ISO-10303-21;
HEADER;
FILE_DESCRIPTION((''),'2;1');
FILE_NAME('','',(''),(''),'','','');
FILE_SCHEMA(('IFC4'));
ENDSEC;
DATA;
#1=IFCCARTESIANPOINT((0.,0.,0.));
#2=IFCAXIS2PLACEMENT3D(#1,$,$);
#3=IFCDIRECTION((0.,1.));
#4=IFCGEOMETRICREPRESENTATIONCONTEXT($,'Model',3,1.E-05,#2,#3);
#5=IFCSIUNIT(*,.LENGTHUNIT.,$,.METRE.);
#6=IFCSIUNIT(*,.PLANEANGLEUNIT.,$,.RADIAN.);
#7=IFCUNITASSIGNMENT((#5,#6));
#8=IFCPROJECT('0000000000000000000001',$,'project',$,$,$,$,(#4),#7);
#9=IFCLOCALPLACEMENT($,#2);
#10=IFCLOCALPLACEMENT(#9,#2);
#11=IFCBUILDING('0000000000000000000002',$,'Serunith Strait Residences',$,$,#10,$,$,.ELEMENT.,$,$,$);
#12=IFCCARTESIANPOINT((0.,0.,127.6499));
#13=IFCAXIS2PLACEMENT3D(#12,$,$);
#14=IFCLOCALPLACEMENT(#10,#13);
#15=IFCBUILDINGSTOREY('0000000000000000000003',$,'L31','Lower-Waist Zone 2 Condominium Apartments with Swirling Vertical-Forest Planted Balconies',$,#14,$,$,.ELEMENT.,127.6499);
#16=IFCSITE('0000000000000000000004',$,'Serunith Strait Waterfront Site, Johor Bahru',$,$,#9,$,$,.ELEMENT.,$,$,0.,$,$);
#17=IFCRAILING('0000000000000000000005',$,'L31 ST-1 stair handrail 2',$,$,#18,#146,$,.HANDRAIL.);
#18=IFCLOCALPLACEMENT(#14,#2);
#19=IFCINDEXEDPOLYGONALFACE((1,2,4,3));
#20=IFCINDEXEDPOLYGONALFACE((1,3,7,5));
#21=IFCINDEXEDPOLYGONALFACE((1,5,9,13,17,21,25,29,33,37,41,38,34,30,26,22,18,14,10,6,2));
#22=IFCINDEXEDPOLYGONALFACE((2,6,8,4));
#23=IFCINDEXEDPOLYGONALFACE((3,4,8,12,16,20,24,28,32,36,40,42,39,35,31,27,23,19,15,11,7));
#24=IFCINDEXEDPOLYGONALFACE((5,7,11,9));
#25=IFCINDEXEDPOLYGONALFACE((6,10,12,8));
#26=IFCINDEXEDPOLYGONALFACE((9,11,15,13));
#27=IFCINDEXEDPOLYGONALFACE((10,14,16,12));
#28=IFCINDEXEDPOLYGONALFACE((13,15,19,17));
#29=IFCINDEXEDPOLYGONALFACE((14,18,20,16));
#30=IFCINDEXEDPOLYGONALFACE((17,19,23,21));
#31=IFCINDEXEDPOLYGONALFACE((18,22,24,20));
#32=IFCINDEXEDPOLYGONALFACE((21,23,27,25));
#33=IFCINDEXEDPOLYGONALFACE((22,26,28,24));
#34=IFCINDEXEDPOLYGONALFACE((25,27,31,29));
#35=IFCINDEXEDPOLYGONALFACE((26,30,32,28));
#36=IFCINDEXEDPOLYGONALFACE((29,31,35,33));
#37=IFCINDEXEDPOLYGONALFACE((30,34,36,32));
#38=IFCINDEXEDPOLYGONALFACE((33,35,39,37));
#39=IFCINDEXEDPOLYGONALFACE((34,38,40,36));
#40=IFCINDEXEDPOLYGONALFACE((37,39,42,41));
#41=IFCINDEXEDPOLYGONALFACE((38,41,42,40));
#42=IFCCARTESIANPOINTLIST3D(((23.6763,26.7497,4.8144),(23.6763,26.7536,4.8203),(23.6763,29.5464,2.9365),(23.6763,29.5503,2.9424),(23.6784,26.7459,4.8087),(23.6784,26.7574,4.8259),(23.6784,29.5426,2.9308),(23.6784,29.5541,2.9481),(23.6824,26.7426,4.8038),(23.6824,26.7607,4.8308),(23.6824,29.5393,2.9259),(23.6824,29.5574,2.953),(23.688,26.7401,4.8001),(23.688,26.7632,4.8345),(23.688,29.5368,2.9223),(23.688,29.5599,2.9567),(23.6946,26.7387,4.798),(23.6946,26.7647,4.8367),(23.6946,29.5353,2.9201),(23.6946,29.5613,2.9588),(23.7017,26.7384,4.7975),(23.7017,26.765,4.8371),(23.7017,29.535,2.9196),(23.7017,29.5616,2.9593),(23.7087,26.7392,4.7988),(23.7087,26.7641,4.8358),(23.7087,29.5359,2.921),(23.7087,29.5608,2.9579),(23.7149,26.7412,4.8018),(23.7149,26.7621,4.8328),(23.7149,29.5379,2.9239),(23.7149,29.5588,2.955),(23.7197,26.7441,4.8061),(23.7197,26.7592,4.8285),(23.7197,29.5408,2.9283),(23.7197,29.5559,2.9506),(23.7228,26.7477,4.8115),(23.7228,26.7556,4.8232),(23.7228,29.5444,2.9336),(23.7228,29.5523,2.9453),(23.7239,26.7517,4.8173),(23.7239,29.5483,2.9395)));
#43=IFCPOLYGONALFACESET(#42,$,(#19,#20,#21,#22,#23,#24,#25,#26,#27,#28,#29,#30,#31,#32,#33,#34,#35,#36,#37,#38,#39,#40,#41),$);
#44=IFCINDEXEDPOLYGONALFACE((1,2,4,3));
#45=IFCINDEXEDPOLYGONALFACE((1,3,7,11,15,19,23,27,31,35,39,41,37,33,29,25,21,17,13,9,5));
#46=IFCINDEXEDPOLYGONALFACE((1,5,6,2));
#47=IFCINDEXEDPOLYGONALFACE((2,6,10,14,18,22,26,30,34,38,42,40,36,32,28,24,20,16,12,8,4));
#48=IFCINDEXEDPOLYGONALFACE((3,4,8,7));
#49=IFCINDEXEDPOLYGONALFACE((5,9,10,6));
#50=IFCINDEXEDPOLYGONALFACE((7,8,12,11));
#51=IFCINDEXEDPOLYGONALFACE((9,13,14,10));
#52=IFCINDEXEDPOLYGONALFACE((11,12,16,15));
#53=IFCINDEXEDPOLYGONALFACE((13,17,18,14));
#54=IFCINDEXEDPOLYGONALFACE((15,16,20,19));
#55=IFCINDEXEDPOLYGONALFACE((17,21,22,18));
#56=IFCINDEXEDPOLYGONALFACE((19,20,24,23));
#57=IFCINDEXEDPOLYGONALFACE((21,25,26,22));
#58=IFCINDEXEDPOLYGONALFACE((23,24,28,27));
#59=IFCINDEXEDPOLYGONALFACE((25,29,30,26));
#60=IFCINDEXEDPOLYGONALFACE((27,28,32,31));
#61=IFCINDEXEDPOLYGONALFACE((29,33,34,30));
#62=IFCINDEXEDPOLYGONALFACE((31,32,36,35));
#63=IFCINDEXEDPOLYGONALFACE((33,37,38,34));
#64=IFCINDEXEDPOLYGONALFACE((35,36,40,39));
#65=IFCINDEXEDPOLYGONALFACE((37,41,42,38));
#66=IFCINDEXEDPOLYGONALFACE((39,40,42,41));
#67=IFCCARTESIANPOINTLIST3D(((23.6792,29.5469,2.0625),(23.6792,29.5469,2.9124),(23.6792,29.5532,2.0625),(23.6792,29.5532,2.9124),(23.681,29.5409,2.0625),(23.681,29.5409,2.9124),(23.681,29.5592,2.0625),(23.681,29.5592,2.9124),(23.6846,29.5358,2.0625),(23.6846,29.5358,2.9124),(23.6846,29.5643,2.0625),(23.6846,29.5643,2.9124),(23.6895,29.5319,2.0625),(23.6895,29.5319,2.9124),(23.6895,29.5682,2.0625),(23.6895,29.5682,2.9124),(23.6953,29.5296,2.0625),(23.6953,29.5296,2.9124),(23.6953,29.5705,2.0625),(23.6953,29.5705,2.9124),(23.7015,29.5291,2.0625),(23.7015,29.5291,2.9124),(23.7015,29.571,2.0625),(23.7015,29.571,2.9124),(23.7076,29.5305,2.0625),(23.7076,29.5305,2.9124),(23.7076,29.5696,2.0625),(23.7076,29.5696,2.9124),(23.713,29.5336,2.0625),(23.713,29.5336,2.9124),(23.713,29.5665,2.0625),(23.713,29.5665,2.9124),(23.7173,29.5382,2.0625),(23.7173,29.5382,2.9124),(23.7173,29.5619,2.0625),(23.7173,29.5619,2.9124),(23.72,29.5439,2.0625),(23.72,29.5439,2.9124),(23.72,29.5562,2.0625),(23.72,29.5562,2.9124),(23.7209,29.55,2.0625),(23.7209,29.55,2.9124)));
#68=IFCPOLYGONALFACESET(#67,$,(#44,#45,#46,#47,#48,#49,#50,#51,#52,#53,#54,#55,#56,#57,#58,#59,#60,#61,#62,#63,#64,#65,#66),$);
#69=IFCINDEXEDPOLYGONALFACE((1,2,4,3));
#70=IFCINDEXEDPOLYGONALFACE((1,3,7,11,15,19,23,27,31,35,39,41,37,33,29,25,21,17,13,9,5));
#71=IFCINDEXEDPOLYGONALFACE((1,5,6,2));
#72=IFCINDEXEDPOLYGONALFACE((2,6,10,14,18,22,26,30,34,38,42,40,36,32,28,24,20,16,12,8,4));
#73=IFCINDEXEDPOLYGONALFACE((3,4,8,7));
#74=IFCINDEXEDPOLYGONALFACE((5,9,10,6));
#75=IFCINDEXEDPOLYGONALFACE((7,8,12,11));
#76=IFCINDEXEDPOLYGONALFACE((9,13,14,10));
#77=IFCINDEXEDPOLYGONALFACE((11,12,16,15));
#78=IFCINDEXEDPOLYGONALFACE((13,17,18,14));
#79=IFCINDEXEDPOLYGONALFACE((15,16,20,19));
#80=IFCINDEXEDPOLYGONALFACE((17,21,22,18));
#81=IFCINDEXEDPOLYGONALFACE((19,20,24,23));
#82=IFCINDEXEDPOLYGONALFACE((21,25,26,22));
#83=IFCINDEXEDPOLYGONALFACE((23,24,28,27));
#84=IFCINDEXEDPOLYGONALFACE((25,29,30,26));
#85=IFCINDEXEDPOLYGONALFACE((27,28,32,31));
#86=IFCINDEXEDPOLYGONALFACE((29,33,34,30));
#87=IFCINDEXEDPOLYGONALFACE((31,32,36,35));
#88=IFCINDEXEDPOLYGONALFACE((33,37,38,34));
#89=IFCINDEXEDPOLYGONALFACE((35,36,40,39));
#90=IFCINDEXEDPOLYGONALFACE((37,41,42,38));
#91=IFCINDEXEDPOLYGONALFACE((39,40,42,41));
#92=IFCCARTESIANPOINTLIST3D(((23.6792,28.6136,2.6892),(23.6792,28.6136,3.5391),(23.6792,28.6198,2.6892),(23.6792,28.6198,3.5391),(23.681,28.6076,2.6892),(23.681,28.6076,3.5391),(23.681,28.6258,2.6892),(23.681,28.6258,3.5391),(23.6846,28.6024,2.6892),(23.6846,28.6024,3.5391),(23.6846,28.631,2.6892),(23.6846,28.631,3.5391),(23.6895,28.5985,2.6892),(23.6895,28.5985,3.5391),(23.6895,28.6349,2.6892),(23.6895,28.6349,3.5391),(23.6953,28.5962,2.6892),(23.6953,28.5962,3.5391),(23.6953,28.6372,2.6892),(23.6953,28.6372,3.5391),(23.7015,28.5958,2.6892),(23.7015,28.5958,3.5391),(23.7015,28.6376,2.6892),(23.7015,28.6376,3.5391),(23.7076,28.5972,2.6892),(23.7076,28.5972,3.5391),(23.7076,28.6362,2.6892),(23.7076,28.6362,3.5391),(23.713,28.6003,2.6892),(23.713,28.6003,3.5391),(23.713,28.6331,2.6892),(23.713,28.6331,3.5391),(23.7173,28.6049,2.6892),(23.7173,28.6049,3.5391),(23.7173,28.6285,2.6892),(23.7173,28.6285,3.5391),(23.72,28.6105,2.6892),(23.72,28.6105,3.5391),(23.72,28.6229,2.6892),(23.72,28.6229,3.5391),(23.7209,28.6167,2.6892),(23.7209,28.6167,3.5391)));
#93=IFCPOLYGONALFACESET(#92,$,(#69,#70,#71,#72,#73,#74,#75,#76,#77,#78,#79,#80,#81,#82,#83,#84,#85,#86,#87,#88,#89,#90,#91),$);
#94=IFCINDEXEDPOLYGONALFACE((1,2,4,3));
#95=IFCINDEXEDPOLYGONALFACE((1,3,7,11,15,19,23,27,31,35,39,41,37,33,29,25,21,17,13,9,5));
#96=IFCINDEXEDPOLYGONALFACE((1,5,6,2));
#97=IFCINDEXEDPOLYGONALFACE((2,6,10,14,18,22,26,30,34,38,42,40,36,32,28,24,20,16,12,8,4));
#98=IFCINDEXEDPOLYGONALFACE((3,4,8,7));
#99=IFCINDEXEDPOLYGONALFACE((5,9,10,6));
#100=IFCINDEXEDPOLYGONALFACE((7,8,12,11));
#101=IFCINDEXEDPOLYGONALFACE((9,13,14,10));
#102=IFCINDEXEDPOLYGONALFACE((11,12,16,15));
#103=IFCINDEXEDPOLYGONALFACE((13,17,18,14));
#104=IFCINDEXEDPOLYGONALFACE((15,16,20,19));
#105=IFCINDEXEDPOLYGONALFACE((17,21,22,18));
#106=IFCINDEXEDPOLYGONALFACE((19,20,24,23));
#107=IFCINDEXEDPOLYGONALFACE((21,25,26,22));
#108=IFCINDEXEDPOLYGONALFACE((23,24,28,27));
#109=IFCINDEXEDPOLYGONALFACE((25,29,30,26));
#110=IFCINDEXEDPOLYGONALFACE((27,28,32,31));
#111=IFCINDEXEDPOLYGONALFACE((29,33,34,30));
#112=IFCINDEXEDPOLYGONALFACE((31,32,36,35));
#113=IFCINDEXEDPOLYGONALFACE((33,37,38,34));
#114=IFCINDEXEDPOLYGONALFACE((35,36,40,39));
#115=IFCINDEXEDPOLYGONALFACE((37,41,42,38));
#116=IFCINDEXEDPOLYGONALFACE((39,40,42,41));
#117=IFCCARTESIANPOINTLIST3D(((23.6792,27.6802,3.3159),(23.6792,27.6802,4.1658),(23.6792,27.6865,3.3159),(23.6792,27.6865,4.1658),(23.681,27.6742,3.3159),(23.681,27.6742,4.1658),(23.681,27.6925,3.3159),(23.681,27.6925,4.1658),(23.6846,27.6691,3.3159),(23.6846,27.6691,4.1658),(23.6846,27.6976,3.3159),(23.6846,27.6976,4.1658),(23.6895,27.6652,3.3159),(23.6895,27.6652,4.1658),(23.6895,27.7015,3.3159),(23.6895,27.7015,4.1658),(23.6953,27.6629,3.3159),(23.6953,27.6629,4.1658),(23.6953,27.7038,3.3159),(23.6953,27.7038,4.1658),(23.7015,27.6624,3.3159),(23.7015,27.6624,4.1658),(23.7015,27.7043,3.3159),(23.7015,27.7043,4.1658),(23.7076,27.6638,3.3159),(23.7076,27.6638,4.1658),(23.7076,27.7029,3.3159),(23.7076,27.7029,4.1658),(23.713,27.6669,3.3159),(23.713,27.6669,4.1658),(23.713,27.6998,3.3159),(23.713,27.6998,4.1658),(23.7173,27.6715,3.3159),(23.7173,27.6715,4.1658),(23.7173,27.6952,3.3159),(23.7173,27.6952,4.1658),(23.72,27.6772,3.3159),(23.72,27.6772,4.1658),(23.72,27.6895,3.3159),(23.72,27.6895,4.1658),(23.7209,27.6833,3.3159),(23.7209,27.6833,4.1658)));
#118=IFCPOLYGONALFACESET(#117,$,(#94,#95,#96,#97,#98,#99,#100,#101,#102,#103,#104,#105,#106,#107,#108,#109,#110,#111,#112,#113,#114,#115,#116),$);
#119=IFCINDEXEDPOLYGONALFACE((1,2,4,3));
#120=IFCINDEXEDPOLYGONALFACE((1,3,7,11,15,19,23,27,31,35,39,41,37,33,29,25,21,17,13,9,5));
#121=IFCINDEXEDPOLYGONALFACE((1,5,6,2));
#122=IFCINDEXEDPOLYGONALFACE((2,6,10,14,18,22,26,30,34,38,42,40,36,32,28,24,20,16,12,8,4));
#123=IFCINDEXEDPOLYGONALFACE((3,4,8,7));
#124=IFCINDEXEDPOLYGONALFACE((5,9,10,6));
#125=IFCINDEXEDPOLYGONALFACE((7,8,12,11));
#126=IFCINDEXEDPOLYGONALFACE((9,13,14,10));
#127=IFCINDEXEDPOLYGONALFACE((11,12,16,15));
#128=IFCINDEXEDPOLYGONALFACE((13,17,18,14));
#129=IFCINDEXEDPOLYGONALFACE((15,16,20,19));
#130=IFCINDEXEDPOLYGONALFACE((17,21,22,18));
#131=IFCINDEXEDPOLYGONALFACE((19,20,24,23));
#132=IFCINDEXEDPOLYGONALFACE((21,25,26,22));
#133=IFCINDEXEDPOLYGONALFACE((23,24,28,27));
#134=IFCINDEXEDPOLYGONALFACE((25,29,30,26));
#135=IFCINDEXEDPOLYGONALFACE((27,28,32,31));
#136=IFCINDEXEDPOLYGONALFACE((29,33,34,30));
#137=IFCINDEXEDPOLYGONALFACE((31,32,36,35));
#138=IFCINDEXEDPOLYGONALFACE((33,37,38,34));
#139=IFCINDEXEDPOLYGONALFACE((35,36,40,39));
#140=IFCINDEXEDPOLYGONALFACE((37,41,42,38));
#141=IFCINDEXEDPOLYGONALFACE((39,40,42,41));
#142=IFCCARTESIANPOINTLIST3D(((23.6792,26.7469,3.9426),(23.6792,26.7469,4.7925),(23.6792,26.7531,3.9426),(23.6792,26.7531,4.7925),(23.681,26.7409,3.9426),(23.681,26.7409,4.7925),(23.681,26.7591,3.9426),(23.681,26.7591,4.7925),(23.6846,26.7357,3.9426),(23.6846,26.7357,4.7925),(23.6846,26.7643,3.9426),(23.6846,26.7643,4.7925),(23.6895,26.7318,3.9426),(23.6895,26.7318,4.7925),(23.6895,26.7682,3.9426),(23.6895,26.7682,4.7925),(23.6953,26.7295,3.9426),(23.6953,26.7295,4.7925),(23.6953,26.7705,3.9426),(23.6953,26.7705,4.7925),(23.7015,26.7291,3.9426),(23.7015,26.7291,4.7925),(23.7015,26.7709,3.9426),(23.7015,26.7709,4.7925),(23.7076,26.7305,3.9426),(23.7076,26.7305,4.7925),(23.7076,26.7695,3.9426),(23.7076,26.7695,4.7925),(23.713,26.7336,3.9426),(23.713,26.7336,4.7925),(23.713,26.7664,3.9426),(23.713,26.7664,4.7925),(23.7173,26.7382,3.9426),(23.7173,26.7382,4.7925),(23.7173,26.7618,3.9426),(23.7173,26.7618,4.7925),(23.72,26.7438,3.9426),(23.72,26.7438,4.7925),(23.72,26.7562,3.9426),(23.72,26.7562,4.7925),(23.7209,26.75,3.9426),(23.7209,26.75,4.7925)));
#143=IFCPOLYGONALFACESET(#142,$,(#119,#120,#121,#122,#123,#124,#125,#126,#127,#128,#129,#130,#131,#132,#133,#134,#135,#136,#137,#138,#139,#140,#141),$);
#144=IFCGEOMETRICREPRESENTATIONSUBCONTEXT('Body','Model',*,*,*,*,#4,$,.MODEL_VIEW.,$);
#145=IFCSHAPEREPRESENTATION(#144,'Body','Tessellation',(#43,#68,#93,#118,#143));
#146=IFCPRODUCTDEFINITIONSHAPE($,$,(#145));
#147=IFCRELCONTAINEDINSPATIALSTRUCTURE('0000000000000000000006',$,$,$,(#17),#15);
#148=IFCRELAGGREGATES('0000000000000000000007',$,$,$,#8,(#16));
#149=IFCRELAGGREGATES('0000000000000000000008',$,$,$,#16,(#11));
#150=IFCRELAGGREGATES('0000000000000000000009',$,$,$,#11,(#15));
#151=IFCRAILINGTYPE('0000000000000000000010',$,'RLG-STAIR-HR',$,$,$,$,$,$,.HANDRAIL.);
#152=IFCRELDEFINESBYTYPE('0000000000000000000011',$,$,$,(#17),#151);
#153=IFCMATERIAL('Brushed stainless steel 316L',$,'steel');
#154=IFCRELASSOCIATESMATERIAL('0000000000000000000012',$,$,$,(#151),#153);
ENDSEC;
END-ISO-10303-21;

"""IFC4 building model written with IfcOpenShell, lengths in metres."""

from ifc_helpers import new_model, si_unit, direction, frame, origin, origin_2d, place, context, subcontext, project, spatial, circle, extrude, material, type_object, element, save


model = new_model("IFC4")

# Units and contexts
model_context = context("Model", 3, precision=1e-05, world=origin(), true_north=direction((0.0, 1.0)))
body_context = subcontext(model_context, "Body", "Model", "MODEL_VIEW")
ifc_project = project(units=[si_unit("LENGTHUNIT", "METRE"), si_unit("PLANEANGLEUNIT", "RADIAN")], contexts=[model_context])

# Site, building, storey
site_placement = place(None, origin())
site = spatial("IfcSite", under=ifc_project, at=site_placement, Name="Serunith Strait Waterfront Site, Johor Bahru", CompositionType="ELEMENT", RefElevation=0.0)
building_placement = place(site_placement, origin())
building = spatial("IfcBuilding", under=site, at=building_placement, Name="Serunith Strait Residences", CompositionType="ELEMENT")
storey_placement = place(building_placement, frame((0.0, 0.0, 127.6499)))
storey = spatial("IfcBuildingStorey", under=building, at=storey_placement, Name="L31", Description="Lower-Waist Zone 2 Condominium Apartments with Swirling Vertical-Forest Planted Balconies", CompositionType="ELEMENT", Elevation=127.6499)

# Railing
ifc_material_1 = material(Name="Brushed stainless steel 316L", Category="steel")
railing_type_1 = type_object("IfcRailingType", Name="RLG-STAIR-HR", PredefinedType="HANDRAIL", material=ifc_material_1)
railing_1_placement = place(storey_placement, frame((23.7, 29.55, 2.0625)))
element("IfcRailing", 1, at=railing_1_placement, inside=storey, type_object=railing_type_1, Name="L31 ST-1 stair handrail 2", PredefinedType="HANDRAIL", context=body_context, shape_type="SweptSolid", body=[
    extrude(circle(Radius=0.0239, at=origin_2d()), frame((0.0, -0.0017, 0.877), z_axis=(0.0, -0.830208, 0.557453), x_axis=(1.0, 0.0, 0.0)), (0.0, 0.0, 1.0), 3.3687),
    extrude(circle(Radius=0.021, at=origin_2d()), origin(), (0.0, 0.0, 1.0), 0.8499),
    extrude(circle(Radius=0.021, at=origin_2d()), frame((0.0, -0.9333, 0.6267)), (0.0, 0.0, 1.0), 0.8499),
    extrude(circle(Radius=0.021, at=origin_2d()), frame((0.0, -1.8667, 1.2534)), (0.0, 0.0, 1.0), 0.8499),
    extrude(circle(Radius=0.021, at=origin_2d()), frame((0.0, -2.8, 1.8801)), (0.0, 0.0, 1.0), 0.8499),
])

save(model, "model.ifc")
